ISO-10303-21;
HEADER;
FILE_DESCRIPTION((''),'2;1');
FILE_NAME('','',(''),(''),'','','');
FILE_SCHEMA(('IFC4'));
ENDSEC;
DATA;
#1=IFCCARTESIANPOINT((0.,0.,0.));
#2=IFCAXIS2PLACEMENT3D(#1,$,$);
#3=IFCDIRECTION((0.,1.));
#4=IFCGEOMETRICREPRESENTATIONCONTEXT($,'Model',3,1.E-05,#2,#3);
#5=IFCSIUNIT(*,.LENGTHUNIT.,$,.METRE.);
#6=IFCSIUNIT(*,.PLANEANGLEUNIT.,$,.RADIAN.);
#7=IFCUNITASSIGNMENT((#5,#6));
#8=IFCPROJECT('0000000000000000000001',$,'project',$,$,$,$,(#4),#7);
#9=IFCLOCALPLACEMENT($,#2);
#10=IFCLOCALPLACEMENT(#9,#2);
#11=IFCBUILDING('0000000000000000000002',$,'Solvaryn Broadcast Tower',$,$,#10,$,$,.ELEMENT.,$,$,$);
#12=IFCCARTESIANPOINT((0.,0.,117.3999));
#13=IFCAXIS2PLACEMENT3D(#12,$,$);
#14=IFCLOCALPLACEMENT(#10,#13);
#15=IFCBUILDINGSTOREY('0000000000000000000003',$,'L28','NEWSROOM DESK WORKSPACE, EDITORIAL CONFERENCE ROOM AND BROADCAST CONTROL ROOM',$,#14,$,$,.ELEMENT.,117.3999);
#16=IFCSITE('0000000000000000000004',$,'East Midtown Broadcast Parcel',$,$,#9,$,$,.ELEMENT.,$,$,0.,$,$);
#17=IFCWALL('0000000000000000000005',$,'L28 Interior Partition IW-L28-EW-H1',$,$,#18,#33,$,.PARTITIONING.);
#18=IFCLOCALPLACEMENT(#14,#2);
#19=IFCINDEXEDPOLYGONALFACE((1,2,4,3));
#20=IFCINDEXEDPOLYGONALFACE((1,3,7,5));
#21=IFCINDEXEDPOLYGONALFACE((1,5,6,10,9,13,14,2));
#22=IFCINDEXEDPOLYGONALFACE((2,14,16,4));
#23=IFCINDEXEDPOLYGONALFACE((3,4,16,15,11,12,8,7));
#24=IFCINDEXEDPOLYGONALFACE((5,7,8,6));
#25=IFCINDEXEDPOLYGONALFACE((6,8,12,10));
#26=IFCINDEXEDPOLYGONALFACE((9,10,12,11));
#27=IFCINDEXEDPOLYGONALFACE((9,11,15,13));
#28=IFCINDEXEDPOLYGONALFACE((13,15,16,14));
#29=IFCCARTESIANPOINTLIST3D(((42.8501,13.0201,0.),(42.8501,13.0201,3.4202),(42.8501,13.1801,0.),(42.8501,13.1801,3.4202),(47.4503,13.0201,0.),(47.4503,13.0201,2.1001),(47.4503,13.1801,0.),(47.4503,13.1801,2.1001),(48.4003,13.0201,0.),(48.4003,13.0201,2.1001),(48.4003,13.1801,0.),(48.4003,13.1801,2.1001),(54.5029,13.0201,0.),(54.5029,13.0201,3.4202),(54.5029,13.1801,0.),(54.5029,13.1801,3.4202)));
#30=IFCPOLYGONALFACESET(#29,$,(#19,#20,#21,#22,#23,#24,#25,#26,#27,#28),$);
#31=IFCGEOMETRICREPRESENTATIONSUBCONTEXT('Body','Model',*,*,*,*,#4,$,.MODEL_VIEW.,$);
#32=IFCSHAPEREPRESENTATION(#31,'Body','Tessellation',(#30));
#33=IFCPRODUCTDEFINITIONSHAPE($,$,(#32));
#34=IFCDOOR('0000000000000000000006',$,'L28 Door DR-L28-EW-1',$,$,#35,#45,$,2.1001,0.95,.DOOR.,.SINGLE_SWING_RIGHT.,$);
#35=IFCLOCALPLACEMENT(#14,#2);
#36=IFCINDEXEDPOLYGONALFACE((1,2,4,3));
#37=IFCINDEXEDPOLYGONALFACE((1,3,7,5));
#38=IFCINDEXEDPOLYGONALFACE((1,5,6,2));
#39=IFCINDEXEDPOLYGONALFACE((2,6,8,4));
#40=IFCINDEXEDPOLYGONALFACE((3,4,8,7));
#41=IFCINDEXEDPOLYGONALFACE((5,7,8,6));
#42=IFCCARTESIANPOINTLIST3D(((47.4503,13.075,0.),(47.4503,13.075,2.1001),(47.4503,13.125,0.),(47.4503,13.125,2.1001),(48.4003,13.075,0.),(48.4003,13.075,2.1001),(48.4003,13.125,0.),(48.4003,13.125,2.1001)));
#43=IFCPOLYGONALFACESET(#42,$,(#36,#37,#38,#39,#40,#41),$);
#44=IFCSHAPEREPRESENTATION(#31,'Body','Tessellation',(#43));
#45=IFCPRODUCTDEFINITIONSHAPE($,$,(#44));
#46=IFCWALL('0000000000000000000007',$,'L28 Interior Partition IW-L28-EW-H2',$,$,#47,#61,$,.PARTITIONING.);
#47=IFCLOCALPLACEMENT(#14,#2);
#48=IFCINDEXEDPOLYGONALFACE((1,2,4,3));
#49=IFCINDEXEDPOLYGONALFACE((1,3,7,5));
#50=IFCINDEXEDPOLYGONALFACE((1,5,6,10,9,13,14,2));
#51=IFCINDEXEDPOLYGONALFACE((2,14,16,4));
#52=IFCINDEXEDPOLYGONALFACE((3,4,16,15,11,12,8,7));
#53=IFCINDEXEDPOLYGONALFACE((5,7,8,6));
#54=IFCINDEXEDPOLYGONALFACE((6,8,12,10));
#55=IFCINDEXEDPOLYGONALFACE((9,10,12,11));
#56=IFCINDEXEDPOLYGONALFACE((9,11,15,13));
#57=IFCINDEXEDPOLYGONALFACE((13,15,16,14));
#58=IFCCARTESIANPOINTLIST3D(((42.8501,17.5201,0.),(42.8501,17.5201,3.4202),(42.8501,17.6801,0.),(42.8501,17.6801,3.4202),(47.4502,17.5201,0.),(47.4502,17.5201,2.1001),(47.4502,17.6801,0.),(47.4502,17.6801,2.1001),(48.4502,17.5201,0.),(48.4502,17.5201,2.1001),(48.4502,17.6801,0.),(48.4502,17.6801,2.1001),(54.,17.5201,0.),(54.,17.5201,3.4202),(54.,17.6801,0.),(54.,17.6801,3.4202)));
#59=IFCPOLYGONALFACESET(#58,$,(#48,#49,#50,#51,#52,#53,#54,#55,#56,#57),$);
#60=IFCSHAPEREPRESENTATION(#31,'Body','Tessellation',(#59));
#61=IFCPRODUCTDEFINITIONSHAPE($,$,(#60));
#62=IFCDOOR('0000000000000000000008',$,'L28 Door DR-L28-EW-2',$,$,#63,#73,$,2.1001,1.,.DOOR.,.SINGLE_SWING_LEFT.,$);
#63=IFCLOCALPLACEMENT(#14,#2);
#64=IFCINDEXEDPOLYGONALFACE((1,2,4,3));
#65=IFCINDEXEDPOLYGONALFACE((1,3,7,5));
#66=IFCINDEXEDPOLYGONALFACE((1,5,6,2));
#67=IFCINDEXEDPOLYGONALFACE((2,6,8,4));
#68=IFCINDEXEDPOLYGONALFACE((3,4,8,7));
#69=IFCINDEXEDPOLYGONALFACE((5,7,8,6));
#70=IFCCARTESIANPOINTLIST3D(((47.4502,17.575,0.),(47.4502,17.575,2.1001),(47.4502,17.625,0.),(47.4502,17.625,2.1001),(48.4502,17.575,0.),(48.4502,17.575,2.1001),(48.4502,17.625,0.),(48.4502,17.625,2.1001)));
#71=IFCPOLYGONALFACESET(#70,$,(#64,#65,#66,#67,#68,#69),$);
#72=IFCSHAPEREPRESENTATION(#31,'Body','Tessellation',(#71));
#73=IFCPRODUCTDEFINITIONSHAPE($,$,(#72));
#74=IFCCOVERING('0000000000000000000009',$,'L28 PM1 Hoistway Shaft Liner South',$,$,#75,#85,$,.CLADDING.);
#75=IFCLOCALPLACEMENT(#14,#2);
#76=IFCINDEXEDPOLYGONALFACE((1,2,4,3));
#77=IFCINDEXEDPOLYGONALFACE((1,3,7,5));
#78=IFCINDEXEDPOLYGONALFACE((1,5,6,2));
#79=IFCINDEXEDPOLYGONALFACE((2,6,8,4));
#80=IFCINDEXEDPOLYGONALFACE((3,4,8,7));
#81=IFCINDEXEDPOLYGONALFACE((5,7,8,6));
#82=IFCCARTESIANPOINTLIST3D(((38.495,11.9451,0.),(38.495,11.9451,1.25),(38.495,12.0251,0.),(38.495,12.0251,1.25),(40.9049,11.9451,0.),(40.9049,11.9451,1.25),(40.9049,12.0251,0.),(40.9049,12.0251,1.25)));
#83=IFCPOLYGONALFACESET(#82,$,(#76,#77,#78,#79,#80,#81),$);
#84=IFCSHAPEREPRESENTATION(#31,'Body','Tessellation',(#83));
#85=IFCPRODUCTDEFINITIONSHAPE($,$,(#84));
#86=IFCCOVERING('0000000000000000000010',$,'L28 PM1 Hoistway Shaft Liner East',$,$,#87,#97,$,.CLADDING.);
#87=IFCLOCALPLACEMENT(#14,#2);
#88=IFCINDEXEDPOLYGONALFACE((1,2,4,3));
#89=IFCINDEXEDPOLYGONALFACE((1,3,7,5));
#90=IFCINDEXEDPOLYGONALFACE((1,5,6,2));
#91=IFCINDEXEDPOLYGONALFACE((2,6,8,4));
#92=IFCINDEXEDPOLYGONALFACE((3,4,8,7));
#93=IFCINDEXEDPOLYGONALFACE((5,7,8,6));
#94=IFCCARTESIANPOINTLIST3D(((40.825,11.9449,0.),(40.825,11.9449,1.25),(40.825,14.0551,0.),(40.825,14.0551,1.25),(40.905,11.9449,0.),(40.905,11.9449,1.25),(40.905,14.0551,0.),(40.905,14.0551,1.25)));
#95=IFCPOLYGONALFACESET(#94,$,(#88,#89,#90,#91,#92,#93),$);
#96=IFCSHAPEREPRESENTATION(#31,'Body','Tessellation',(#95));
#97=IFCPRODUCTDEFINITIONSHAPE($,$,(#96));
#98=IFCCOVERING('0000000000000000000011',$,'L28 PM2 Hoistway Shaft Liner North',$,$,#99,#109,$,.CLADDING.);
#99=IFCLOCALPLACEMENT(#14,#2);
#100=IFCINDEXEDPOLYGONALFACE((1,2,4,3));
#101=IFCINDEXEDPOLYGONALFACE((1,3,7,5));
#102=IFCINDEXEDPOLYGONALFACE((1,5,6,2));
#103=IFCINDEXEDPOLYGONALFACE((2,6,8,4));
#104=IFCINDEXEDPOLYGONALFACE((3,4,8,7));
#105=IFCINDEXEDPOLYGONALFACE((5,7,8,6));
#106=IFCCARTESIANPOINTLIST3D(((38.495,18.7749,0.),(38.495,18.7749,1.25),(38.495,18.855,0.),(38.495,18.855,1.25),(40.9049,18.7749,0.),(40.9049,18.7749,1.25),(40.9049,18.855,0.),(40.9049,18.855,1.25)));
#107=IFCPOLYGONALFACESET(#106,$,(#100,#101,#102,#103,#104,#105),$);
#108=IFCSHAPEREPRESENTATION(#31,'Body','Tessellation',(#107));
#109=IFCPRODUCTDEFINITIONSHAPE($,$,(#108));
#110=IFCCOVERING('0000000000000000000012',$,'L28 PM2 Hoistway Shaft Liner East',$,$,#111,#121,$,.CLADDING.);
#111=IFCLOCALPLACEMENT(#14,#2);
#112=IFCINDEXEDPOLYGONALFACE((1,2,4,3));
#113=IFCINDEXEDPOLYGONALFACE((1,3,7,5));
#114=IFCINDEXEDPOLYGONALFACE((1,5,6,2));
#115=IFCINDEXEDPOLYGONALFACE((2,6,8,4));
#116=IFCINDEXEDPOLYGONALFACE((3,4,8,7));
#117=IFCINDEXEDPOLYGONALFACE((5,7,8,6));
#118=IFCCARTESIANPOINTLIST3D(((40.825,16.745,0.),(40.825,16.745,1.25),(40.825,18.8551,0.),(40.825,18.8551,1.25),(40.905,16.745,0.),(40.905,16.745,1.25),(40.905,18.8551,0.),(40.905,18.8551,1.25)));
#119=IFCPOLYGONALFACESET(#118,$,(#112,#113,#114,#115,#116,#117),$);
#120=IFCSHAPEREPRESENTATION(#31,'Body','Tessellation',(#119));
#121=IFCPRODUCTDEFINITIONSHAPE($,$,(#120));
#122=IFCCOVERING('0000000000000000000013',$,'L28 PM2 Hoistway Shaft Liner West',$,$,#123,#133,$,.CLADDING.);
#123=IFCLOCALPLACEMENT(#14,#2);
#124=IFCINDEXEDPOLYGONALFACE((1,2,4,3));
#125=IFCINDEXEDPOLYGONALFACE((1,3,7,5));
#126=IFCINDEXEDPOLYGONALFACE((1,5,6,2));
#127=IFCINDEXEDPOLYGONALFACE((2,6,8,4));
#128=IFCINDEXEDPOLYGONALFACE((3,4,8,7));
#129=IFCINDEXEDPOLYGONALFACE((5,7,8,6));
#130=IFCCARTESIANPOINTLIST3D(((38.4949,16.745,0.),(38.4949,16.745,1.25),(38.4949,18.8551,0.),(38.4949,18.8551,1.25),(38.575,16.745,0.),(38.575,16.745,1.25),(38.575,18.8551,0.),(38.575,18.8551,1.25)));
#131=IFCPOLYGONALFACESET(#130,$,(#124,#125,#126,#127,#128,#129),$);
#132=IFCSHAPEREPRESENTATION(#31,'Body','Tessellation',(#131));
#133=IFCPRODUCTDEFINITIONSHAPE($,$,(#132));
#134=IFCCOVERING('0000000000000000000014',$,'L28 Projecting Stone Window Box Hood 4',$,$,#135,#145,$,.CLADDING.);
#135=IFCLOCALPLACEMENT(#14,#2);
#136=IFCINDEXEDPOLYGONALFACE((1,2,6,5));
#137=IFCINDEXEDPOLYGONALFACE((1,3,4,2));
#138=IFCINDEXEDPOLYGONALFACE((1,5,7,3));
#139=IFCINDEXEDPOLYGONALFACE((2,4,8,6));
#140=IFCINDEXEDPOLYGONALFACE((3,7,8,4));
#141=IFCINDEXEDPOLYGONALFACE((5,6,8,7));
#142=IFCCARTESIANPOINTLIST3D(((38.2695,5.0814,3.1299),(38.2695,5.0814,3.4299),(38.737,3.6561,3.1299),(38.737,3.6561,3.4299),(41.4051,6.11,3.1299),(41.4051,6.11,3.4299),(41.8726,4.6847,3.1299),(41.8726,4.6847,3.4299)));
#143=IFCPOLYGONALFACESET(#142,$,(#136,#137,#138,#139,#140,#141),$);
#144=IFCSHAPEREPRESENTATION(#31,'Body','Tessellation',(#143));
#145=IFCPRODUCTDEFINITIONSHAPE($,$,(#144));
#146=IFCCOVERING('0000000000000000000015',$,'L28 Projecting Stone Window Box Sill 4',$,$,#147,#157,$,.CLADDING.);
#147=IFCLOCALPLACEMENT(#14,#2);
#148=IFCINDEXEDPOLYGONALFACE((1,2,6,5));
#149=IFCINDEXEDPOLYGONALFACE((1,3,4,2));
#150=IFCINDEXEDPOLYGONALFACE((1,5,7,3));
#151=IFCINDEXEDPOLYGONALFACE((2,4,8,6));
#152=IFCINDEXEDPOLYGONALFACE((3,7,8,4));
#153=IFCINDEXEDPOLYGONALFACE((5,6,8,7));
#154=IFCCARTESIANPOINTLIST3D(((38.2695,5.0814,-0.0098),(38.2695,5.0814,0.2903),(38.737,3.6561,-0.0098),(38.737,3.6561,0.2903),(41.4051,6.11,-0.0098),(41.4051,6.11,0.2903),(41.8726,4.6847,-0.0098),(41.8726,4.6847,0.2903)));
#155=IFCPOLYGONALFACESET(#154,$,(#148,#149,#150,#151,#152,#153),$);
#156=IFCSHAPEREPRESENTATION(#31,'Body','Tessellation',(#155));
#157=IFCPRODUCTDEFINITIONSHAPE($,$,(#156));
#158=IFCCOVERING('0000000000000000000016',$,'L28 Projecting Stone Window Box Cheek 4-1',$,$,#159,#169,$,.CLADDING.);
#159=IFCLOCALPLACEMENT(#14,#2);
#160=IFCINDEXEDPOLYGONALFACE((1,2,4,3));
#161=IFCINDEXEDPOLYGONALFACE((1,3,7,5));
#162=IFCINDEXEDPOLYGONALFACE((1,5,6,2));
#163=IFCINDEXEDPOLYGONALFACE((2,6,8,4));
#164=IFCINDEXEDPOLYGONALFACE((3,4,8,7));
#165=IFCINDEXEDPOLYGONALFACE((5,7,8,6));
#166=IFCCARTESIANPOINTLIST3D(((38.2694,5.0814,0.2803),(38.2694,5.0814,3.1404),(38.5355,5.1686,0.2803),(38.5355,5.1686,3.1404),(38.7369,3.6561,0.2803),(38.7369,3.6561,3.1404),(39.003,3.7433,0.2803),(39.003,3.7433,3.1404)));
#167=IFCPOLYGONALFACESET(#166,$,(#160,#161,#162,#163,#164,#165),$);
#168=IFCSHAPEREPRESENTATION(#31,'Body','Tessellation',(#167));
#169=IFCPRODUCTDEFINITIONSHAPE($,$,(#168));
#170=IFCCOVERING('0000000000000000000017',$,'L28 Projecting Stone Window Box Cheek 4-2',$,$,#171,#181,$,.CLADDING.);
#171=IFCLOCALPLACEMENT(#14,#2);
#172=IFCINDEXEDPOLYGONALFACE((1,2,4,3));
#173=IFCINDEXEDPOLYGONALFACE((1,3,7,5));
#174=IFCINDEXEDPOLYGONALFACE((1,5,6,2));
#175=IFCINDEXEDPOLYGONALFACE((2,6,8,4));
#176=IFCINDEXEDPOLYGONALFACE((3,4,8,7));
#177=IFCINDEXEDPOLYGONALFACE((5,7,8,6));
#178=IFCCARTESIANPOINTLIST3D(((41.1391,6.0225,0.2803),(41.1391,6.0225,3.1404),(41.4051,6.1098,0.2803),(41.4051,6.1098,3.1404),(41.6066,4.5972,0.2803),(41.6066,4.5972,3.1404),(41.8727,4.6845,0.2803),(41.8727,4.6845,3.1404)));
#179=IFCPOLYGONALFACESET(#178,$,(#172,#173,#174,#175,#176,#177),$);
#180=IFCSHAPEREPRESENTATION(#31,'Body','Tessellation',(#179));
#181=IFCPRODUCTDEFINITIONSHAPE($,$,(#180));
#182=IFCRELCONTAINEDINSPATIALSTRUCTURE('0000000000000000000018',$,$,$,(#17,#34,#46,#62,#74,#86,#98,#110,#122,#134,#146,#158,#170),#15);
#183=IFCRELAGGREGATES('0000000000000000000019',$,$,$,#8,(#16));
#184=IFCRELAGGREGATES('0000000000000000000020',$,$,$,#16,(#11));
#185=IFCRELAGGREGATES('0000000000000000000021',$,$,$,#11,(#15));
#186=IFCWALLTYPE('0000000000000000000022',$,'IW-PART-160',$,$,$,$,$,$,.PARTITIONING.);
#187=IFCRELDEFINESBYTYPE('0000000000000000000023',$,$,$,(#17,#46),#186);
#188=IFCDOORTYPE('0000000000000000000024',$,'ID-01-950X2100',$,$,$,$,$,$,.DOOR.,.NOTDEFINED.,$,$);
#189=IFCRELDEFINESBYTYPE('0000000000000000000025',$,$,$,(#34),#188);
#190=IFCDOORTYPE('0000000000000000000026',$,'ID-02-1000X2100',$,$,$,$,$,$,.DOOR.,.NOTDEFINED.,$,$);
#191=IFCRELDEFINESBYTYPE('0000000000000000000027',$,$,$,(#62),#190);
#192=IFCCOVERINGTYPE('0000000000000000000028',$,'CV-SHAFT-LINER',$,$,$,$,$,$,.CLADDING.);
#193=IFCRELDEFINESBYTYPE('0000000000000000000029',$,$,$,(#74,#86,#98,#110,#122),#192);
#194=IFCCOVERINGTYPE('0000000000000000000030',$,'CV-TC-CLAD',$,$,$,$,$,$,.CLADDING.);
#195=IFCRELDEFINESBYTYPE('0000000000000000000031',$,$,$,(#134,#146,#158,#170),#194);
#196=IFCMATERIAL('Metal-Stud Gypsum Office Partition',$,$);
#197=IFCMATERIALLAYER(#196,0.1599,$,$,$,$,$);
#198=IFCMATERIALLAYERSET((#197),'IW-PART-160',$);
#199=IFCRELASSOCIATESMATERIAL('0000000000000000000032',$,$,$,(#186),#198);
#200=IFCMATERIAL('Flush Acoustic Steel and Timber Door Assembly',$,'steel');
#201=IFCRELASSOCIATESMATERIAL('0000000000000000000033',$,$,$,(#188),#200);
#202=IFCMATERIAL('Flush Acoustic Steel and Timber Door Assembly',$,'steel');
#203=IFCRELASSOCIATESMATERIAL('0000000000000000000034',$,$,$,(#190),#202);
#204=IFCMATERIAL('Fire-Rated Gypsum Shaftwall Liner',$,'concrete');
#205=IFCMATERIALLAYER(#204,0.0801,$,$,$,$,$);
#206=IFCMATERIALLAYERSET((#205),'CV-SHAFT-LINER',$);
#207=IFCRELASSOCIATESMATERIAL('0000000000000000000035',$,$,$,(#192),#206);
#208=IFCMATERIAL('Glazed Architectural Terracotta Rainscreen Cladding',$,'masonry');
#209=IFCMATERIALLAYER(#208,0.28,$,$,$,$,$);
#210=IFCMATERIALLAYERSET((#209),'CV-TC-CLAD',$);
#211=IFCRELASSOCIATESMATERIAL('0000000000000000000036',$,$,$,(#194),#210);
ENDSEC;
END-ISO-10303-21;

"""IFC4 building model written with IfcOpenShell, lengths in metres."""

from ifc_helpers import new_model, si_unit, direction, frame, frame_2d, origin, origin_2d, place, context, subcontext, project, spatial, rectangle, extrude, material, layer, layer_set, type_object, element, fill, save


model = new_model("IFC4")

# Units and contexts
model_context = context("Model", 3, precision=1e-05, world=origin(), true_north=direction((0.0, 1.0)))
body_context = subcontext(model_context, "Body", "Model", "MODEL_VIEW")
ifc_project = project(units=[si_unit("LENGTHUNIT", "METRE"), si_unit("PLANEANGLEUNIT", "RADIAN")], contexts=[model_context])

# Site, building, storey
site_placement = place(None, origin())
site = spatial("IfcSite", under=ifc_project, at=site_placement, Name="East Midtown Broadcast Parcel", CompositionType="ELEMENT", RefElevation=0.0)
building_placement = place(site_placement, origin())
building = spatial("IfcBuilding", under=site, at=building_placement, Name="Solvaryn Broadcast Tower", CompositionType="ELEMENT")
storey_placement = place(building_placement, frame((0.0, 0.0, 117.3999)))
storey = spatial("IfcBuildingStorey", under=building, at=storey_placement, Name="L28", Description="NEWSROOM DESK WORKSPACE, EDITORIAL CONFERENCE ROOM AND BROADCAST CONTROL ROOM", CompositionType="ELEMENT", Elevation=117.3999)

# Shared definitions
ifc_material_1 = material(Name="Metal-Stud Gypsum Office Partition")
ifc_layer_1 = layer(ifc_material_1, 0.1599)
ifc_layer_set_1 = layer_set([ifc_layer_1], Name="IW-PART-160")
wall_type_1 = type_object("IfcWallType", Name="IW-PART-160", PredefinedType="PARTITIONING", material=ifc_layer_set_1)

# Walls, openings, doors
wall_1_placement = place(storey_placement, frame((42.8501, 13.1001, 0.0), z_axis=(0.0, 0.0, 1.0), x_axis=(1.0, 0.0, 0.0)))
wall_1 = element("IfcWall", 1, at=wall_1_placement, inside=storey, type_object=wall_type_1, Name="L28 Interior Partition IW-L28-EW-H1", PredefinedType="PARTITIONING", context=body_context, shape_type="SweptSolid", body=[
    extrude(rectangle(XDim=11.6528, YDim=0.1599, at=frame_2d((5.8264, 0.0))), origin(), (0.0, 0.0, 1.0), 3.4202),
])
opening_1_placement = place(wall_1_placement, frame((4.6001, 0.0, 0.0)))
opening_1 = element("IfcOpeningElement", 2, at=opening_1_placement, cuts=wall_1, PredefinedType="OPENING", context=body_context, shape_type="SweptSolid", body=[
    extrude(rectangle(XDim=0.95, YDim=2.1001, at=frame_2d((0.4751, 1.05))), frame((0.0, 0.0901, 0.0), z_axis=(0.0, -1.0, 0.0), x_axis=(1.0, 0.0, 0.0)), (0.0, 0.0, 1.0), 0.1799),
])
ifc_material_2 = material(Name="Flush Acoustic Steel and Timber Door Assembly", Category="steel")
door_type_1 = type_object("IfcDoorType", Name="ID-01-950X2100", OperationType="NOTDEFINED", PredefinedType="DOOR", material=ifc_material_2)
door_1_placement = place(opening_1_placement, origin())
door_1 = element("IfcDoor", 3, at=door_1_placement, inside=storey, type_object=door_type_1, Name="L28 Door DR-L28-EW-1", OperationType="SINGLE_SWING_RIGHT", OverallHeight=2.1001, OverallWidth=0.95, PredefinedType="DOOR", context=body_context, shape_type="SweptSolid", body=[
    extrude(rectangle(XDim=0.95, YDim=2.1001, at=frame_2d((0.4751, 1.05))), frame((0.0, 0.0249, 0.0), z_axis=(0.0, -1.0, 0.0), x_axis=(1.0, 0.0, 0.0)), (0.0, 0.0, 1.0), 0.05),
])
fill(opening_1, door_1)
wall_2_placement = place(storey_placement, frame((42.8501, 17.6001, 0.0), z_axis=(0.0, 0.0, 1.0), x_axis=(1.0, 0.0, 0.0)))
wall_2 = element("IfcWall", 4, at=wall_2_placement, inside=storey, type_object=wall_type_1, Name="L28 Interior Partition IW-L28-EW-H2", PredefinedType="PARTITIONING", context=body_context, shape_type="SweptSolid", body=[
    extrude(rectangle(XDim=11.1499, YDim=0.1599, at=frame_2d((5.575, 0.0))), origin(), (0.0, 0.0, 1.0), 3.4202),
])
opening_2_placement = place(wall_2_placement, frame((4.6001, 0.0, 0.0)))
opening_2 = element("IfcOpeningElement", 5, at=opening_2_placement, cuts=wall_2, PredefinedType="OPENING", context=body_context, shape_type="SweptSolid", body=[
    extrude(rectangle(XDim=1.0, YDim=2.1001, at=frame_2d((0.5, 1.05))), frame((0.0, 0.0901, 0.0), z_axis=(0.0, -1.0, 0.0), x_axis=(1.0, 0.0, 0.0)), (0.0, 0.0, 1.0), 0.1799),
])
ifc_material_3 = material(Name="Flush Acoustic Steel and Timber Door Assembly", Category="steel")
door_type_2 = type_object("IfcDoorType", Name="ID-02-1000X2100", OperationType="NOTDEFINED", PredefinedType="DOOR", material=ifc_material_3)
door_2_placement = place(opening_2_placement, origin())
door_2 = element("IfcDoor", 6, at=door_2_placement, inside=storey, type_object=door_type_2, Name="L28 Door DR-L28-EW-2", OperationType="SINGLE_SWING_LEFT", OverallHeight=2.1001, OverallWidth=1.0, PredefinedType="DOOR", context=body_context, shape_type="SweptSolid", body=[
    extrude(rectangle(XDim=1.0, YDim=2.1001, at=frame_2d((0.5, 1.05))), frame((0.0, 0.0249, 0.0), z_axis=(0.0, -1.0, 0.0), x_axis=(1.0, 0.0, 0.0)), (0.0, 0.0, 1.0), 0.05),
])
fill(opening_2, door_2)

# Coverings
ifc_material_4 = material(Name="Fire-Rated Gypsum Shaftwall Liner", Category="concrete")
ifc_layer_2 = layer(ifc_material_4, 0.0801)
ifc_layer_set_2 = layer_set([ifc_layer_2], Name="CV-SHAFT-LINER")
covering_type_1 = type_object("IfcCoveringType", Name="CV-SHAFT-LINER", PredefinedType="CLADDING", material=ifc_layer_set_2)
covering_1_placement = place(storey_placement, frame((39.7, 11.9851, 0.0), z_axis=(0.0, 0.0, 1.0), x_axis=(1.0, 0.0, 0.0)))
element("IfcCovering", 7, at=covering_1_placement, inside=storey, type_object=covering_type_1, Name="L28 PM1 Hoistway Shaft Liner South", PredefinedType="CLADDING", context=body_context, shape_type="SweptSolid", body=[
    extrude(rectangle(XDim=2.4099, YDim=0.0801, at=origin_2d()), origin(), (0.0, 0.0, 1.0), 1.25),
])
covering_2_placement = place(storey_placement, frame((40.865, 13.0, 0.0), z_axis=(0.0, 0.0, 1.0), x_axis=(1.0, 0.0, 0.0)))
element("IfcCovering", 8, at=covering_2_placement, inside=storey, type_object=covering_type_1, Name="L28 PM1 Hoistway Shaft Liner East", PredefinedType="CLADDING", context=body_context, shape_type="SweptSolid", body=[
    extrude(rectangle(XDim=0.0801, YDim=2.1101, at=origin_2d()), origin(), (0.0, 0.0, 1.0), 1.25),
])
covering_3_placement = place(storey_placement, frame((39.7, 18.8149, 0.0), z_axis=(0.0, 0.0, 1.0), x_axis=(1.0, 0.0, 0.0)))
element("IfcCovering", 9, at=covering_3_placement, inside=storey, type_object=covering_type_1, Name="L28 PM2 Hoistway Shaft Liner North", PredefinedType="CLADDING", context=body_context, shape_type="SweptSolid", body=[
    extrude(rectangle(XDim=2.4099, YDim=0.0801, at=origin_2d()), origin(), (0.0, 0.0, 1.0), 1.25),
])
for number, where, z_axis, x_axis, name in (
    (10, (40.865, 17.8, 0.0), (0.0, 0.0, 1.0), (1.0, 0.0, 0.0), "L28 PM2 Hoistway Shaft Liner East"),
    (11, (38.5349, 17.8, 0.0), (0.0, 0.0, 1.0), (1.0, 0.0, 0.0), "L28 PM2 Hoistway Shaft Liner West"),
):
    element("IfcCovering", number, at=place(storey_placement, frame(where, z_axis=z_axis, x_axis=x_axis)), inside=storey, type_object=covering_type_1, Name=name, PredefinedType="CLADDING", context=body_context, shape_type="SweptSolid", body=[
        extrude(rectangle(XDim=0.0801, YDim=2.1101, at=origin_2d()), origin(), (0.0, 0.0, 1.0), 1.25),
    ])
ifc_material_5 = material(Name="Glazed Architectural Terracotta Rainscreen Cladding", Category="masonry")
ifc_layer_3 = layer(ifc_material_5, 0.28)
ifc_layer_set_3 = layer_set([ifc_layer_3], Name="CV-TC-CLAD")
covering_type_2 = type_object("IfcCoveringType", Name="CV-TC-CLAD", PredefinedType="CLADDING", material=ifc_layer_set_3)
for number, where, z_axis, x_axis, name in (
    (12, (40.071, 4.8831, 3.1299), (0.0, 0.0, 1.0), (0.95019, 0.311672, 0.0), "L28 Projecting Stone Window Box Hood 4"),
    (13, (40.071, 4.8831, -0.0098), (0.0, 0.0, 1.0), (0.95019, 0.311672, 0.0), "L28 Projecting Stone Window Box Sill 4"),
):
    element("IfcCovering", number, at=place(storey_placement, frame(where, z_axis=z_axis, x_axis=x_axis)), inside=storey, type_object=covering_type_2, Name=name, PredefinedType="CLADDING", context=body_context, shape_type="SweptSolid", body=[
        extrude(rectangle(XDim=3.3, YDim=1.5, at=origin_2d()), origin(), (0.0, 0.0, 1.0), 0.3),
    ])
for number, where, z_axis, x_axis, name in (
    (14, (38.6362, 4.4124, 0.2803), (0.0, 0.0, 1.0), (0.95019, 0.311672, 0.0), "L28 Projecting Stone Window Box Cheek 4-1"),
    (15, (41.5059, 5.3535, 0.2803), (0.0, 0.0, 1.0), (0.95019, 0.311672, 0.0), "L28 Projecting Stone Window Box Cheek 4-2"),
):
    element("IfcCovering", number, at=place(storey_placement, frame(where, z_axis=z_axis, x_axis=x_axis)), inside=storey, type_object=covering_type_2, Name=name, PredefinedType="CLADDING", context=body_context, shape_type="SweptSolid", body=[
        extrude(rectangle(XDim=0.28, YDim=1.5, at=origin_2d()), origin(), (0.0, 0.0, 1.0), 2.8601),
    ])

save(model, "model.ifc")
